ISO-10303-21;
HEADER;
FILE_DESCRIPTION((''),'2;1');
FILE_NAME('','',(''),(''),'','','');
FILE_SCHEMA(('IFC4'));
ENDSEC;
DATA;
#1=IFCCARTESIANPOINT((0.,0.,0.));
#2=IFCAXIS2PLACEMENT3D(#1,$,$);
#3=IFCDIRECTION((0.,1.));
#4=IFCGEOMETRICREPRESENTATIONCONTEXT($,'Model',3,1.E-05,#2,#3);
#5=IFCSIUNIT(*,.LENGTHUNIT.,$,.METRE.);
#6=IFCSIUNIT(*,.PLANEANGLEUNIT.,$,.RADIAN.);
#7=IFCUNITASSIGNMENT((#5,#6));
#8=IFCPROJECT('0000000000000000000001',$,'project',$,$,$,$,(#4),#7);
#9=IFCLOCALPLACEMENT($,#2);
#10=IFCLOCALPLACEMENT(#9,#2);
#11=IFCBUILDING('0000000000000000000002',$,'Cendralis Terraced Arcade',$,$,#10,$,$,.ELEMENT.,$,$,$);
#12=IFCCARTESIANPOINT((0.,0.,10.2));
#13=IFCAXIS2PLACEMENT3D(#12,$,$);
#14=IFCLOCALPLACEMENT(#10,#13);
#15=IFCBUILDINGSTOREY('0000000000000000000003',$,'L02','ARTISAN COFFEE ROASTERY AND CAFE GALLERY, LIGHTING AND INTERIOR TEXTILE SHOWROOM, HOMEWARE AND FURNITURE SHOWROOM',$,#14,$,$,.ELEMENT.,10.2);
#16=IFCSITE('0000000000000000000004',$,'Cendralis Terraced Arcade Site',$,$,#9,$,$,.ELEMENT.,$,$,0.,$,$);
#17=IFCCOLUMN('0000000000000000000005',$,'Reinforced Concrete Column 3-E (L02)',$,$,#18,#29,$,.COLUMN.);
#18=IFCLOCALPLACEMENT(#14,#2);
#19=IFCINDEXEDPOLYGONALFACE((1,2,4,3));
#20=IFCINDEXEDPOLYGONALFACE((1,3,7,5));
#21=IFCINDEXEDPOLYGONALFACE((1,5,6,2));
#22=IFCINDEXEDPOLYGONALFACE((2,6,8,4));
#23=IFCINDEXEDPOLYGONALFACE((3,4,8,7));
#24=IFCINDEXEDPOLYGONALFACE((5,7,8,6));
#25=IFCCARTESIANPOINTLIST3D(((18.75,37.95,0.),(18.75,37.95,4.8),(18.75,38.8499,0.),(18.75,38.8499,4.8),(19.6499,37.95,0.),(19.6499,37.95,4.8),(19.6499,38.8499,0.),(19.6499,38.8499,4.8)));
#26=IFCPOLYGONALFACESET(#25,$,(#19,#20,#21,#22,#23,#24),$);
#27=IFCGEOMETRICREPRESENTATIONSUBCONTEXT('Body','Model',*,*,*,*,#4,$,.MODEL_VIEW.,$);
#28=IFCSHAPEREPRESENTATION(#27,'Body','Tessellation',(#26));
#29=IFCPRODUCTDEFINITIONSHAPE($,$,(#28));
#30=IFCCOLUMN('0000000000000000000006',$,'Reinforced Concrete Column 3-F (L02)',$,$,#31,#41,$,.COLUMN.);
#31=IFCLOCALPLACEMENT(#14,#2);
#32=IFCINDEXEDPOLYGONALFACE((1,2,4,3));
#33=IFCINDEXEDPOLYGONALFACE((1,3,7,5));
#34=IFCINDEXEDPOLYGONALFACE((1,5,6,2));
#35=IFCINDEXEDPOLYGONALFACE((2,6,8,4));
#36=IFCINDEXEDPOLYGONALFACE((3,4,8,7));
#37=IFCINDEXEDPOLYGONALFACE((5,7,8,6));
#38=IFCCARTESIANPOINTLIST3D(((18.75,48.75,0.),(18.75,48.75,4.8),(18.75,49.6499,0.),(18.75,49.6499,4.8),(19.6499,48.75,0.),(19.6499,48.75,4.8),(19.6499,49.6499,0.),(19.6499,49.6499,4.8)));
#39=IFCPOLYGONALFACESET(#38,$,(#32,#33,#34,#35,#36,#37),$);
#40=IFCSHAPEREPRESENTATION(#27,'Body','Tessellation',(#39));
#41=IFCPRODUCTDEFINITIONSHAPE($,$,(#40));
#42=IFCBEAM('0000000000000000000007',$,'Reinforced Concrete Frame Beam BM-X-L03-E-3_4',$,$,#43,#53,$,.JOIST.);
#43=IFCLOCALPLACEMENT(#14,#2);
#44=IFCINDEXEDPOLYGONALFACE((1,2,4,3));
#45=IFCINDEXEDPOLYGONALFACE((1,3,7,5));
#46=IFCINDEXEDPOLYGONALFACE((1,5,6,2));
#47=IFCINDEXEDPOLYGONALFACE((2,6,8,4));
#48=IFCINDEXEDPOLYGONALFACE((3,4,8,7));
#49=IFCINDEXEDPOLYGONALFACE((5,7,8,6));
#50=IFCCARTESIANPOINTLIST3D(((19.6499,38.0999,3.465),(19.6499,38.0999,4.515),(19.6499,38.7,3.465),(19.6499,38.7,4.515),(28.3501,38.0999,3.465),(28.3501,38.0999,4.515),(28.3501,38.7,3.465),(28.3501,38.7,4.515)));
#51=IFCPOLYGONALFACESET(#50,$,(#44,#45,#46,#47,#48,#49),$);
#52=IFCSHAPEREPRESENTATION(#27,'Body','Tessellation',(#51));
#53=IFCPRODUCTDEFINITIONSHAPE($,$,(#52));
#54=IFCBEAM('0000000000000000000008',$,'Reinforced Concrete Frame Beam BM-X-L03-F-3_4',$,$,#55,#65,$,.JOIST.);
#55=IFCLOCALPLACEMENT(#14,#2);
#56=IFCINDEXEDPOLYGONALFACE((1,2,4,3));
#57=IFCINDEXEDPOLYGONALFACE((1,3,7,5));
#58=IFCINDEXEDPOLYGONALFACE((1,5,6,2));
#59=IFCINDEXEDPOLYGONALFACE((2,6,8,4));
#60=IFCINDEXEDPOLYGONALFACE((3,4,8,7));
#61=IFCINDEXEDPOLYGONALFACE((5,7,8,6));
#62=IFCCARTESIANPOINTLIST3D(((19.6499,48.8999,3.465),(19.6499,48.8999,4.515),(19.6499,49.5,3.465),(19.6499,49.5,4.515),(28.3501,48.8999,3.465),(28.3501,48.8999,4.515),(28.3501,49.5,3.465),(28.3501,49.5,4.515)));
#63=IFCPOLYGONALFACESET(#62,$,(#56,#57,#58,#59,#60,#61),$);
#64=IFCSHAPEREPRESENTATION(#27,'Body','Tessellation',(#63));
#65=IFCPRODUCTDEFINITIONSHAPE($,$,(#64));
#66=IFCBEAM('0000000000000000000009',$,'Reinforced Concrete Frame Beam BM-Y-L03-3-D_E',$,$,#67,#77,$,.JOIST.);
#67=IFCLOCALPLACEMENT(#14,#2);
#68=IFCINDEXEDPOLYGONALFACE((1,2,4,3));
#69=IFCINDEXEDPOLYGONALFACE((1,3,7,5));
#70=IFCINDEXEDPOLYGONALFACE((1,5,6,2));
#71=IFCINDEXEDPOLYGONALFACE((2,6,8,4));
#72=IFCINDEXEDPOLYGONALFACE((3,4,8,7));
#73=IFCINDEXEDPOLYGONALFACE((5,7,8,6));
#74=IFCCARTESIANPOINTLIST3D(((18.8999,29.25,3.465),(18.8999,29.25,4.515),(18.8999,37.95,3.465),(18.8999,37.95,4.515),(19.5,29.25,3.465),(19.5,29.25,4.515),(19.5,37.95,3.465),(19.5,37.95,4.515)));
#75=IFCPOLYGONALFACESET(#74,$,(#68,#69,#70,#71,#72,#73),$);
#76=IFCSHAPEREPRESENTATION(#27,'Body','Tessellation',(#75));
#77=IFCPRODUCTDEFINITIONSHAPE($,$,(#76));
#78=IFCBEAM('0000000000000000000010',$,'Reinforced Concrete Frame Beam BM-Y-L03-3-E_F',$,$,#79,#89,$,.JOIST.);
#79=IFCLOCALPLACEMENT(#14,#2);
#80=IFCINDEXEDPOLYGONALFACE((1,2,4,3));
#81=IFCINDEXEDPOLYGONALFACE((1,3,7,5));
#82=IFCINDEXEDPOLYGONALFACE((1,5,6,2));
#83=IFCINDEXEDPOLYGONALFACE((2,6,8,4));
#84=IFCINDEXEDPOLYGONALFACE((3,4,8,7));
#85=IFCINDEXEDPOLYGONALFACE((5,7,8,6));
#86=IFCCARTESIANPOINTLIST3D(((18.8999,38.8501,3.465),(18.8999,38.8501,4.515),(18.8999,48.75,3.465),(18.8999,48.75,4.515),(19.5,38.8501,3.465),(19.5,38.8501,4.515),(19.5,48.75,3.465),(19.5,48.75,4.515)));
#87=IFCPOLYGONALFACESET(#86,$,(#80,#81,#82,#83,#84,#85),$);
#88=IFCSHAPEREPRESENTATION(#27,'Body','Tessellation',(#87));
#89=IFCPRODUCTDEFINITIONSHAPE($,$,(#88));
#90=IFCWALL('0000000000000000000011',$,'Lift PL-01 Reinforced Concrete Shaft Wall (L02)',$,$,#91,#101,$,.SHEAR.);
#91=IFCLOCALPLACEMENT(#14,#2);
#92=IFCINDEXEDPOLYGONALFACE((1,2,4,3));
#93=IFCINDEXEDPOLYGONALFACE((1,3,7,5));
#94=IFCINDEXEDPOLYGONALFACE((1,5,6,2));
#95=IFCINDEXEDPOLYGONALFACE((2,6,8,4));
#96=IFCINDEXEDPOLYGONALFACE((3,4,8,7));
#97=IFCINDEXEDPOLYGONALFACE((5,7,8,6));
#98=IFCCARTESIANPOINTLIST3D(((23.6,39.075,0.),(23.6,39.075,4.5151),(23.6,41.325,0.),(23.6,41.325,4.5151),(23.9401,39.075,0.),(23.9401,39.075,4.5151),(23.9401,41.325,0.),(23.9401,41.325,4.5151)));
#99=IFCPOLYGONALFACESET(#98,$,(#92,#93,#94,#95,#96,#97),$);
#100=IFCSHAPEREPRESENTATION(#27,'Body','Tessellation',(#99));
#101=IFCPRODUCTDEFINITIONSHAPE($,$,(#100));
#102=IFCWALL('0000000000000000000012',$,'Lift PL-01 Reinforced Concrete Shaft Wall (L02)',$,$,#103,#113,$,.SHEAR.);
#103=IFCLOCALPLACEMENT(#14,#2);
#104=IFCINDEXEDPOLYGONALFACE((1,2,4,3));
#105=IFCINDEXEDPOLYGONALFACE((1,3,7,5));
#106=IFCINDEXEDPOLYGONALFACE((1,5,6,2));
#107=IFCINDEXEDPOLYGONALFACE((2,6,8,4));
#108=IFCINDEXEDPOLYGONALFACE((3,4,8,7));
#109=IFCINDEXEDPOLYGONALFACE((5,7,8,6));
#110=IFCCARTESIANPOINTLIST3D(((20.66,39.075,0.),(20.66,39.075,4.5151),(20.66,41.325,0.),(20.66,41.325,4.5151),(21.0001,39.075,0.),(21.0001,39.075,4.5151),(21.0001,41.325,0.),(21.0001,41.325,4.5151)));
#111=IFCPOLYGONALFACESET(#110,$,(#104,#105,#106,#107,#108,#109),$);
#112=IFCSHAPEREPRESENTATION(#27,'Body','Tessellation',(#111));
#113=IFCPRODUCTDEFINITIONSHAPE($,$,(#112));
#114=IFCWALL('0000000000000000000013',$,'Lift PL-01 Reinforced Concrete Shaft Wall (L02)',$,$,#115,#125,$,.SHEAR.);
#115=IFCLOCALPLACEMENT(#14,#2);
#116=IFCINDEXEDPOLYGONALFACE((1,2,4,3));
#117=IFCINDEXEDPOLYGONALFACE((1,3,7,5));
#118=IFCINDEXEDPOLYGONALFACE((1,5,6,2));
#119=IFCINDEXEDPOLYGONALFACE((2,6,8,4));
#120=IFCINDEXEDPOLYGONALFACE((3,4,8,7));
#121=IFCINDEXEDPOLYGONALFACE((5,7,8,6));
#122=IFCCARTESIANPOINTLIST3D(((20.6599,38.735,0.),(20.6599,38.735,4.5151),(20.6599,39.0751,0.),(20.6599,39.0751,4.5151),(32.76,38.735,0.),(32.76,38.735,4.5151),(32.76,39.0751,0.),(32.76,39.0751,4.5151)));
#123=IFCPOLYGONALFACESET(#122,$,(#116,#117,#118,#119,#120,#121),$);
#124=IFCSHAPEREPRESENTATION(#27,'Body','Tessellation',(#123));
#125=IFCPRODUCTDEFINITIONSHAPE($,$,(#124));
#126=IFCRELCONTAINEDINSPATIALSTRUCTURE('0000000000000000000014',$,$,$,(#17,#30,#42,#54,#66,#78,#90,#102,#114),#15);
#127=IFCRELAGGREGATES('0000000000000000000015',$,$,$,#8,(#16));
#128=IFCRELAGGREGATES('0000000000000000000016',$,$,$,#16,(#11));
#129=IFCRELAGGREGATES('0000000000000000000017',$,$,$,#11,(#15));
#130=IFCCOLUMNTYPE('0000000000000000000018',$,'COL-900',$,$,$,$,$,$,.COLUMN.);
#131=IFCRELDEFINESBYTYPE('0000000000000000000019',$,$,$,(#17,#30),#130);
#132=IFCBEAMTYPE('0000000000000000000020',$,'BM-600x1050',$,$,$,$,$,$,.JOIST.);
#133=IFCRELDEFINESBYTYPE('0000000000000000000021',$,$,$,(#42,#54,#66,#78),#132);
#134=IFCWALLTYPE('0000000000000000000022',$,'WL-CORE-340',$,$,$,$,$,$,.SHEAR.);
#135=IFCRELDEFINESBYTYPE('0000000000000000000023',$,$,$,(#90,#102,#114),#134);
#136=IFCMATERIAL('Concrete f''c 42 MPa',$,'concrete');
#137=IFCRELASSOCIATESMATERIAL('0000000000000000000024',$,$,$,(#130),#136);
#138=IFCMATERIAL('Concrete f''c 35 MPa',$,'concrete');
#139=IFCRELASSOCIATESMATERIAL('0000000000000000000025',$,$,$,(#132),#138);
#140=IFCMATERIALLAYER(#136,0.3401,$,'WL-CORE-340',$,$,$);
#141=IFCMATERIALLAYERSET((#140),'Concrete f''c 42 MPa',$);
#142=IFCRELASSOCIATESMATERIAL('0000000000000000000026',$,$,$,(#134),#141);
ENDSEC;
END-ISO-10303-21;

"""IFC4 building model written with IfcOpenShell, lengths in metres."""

from ifc_helpers import new_model, si_unit, direction, frame, frame_2d, origin, origin_2d, place, context, subcontext, project, spatial, rectangle, extrude, material, layer, layer_set, material_profile, profile_set, type_object, element, save


model = new_model("IFC4")

# Units and contexts
model_context = context("Model", 3, precision=1e-05, world=origin(), true_north=direction((0.0, 1.0)))
body_context = subcontext(model_context, "Body", "Model", "MODEL_VIEW")
ifc_project = project(units=[si_unit("LENGTHUNIT", "METRE"), si_unit("PLANEANGLEUNIT", "RADIAN")], contexts=[model_context])

# Site, building, storey
site_placement = place(None, origin())
site = spatial("IfcSite", under=ifc_project, at=site_placement, Name="Cendralis Terraced Arcade Site", CompositionType="ELEMENT", RefElevation=0.0)
building_placement = place(site_placement, origin())
building = spatial("IfcBuilding", under=site, at=building_placement, Name="Cendralis Terraced Arcade", CompositionType="ELEMENT")
storey_placement = place(building_placement, frame((0.0, 0.0, 10.2)))
storey = spatial("IfcBuildingStorey", under=building, at=storey_placement, Name="L02", Description="ARTISAN COFFEE ROASTERY AND CAFE GALLERY, LIGHTING AND INTERIOR TEXTILE SHOWROOM, HOMEWARE AND FURNITURE SHOWROOM", CompositionType="ELEMENT", Elevation=10.2)

# Columns
ifc_material_1 = material(Name="Concrete f'c 42 MPa", Category="concrete")
ifc_material_profile_1 = material_profile(ifc_material_1, rectangle(XDim=0.8999, YDim=0.8999, at=origin_2d()), Name="RC-COL-900x900", Category="LoadBearing")
ifc_profile_set_1 = profile_set([ifc_material_profile_1], Name="Concrete f'c 42 MPa")
column_type = type_object("IfcColumnType", Name="COL-900", PredefinedType="COLUMN", material=ifc_profile_set_1)
for number, where, z_axis, x_axis, name in (
    (1, (19.2, 38.3999, 0.0), (0.0, 0.0, 1.0), (1.0, 0.0, 0.0), "Reinforced Concrete Column 3-E (L02)"),
    (2, (19.2, 49.2, 0.0), (0.0, 0.0, 1.0), (1.0, 0.0, 0.0), "Reinforced Concrete Column 3-F (L02)"),
):
    element("IfcColumn", number, at=place(storey_placement, frame(where, z_axis=z_axis, x_axis=x_axis)), inside=storey, type_object=column_type, Name=name, PredefinedType="COLUMN", context=body_context, shape_type="SweptSolid", body=[
        extrude(rectangle(XDim=0.8999, YDim=0.8999, at=origin_2d()), origin(), (0.0, 0.0, 1.0), 4.8),
    ])

# Beams
ifc_material_2 = material(Name="Concrete f'c 35 MPa", Category="concrete")
ifc_material_profile_2 = material_profile(ifc_material_2, rectangle(XDim=0.6001, YDim=1.05, at=origin_2d()), Name="RC-BM-600x1050", Category="LoadBearing")
ifc_profile_set_2 = profile_set([ifc_material_profile_2], Name="Concrete f'c 35 MPa")
beam_type = type_object("IfcBeamType", Name="BM-600x1050", PredefinedType="JOIST", material=ifc_profile_set_2)
for number, where, z_axis, x_axis, name in (
    (3, (19.6499, 38.3999, 3.99), (1.0, 0.0, 0.0), (0.0, 1.0, 0.0), "Reinforced Concrete Frame Beam BM-X-L03-E-3_4"),
    (4, (19.6499, 49.2, 3.99), (1.0, 0.0, 0.0), (0.0, 1.0, 0.0), "Reinforced Concrete Frame Beam BM-X-L03-F-3_4"),
):
    element("IfcBeam", number, at=place(storey_placement, frame(where, z_axis=z_axis, x_axis=x_axis)), inside=storey, type_object=beam_type, Name=name, PredefinedType="JOIST", context=body_context, shape_type="SweptSolid", body=[
        extrude(rectangle(XDim=0.6001, YDim=1.05, at=origin_2d()), origin(), (0.0, 0.0, 1.0), 8.7002),
    ])
beam_1_placement = place(storey_placement, frame((19.2, 29.25, 3.99), z_axis=(0.0, 1.0, 0.0), x_axis=(-1.0, 0.0, 0.0)))
element("IfcBeam", 5, at=beam_1_placement, inside=storey, type_object=beam_type, Name="Reinforced Concrete Frame Beam BM-Y-L03-3-D_E", PredefinedType="JOIST", context=body_context, shape_type="SweptSolid", body=[
    extrude(rectangle(XDim=0.6001, YDim=1.05, at=origin_2d()), origin(), (0.0, 0.0, 1.0), 8.7),
])
beam_2_placement = place(storey_placement, frame((19.2, 38.8501, 3.99), z_axis=(0.0, 1.0, 0.0), x_axis=(-1.0, 0.0, 0.0)))
element("IfcBeam", 6, at=beam_2_placement, inside=storey, type_object=beam_type, Name="Reinforced Concrete Frame Beam BM-Y-L03-3-E_F", PredefinedType="JOIST", context=body_context, shape_type="SweptSolid", body=[
    extrude(rectangle(XDim=0.6001, YDim=1.05, at=origin_2d()), origin(), (0.0, 0.0, 1.0), 9.8999),
])

# Walls
ifc_layer_1 = layer(ifc_material_1, 0.3401, Name="WL-CORE-340")
ifc_layer_set_1 = layer_set([ifc_layer_1], Name="Concrete f'c 42 MPa")
wall_type_1 = type_object("IfcWallType", Name="WL-CORE-340", PredefinedType="SHEAR", material=ifc_layer_set_1)
for number, where, z_axis, x_axis, name in (
    (7, (23.77, 39.075, 0.0), (0.0, 0.0, 1.0), (0.0, 1.0, 0.0), "Lift PL-01 Reinforced Concrete Shaft Wall (L02)"),
    (8, (20.8301, 39.075, 0.0), (0.0, 0.0, 1.0), (0.0, 1.0, 0.0), "Lift PL-01 Reinforced Concrete Shaft Wall (L02)"),
):
    element("IfcWall", number, at=place(storey_placement, frame(where, z_axis=z_axis, x_axis=x_axis)), inside=storey, type_object=wall_type_1, Name=name, PredefinedType="SHEAR", context=body_context, shape_type="SweptSolid", body=[
        extrude(rectangle(XDim=2.25, YDim=0.3401, at=frame_2d((1.125, 0.0))), origin(), (0.0, 0.0, 1.0), 4.5151),
    ])
wall_1_placement = place(storey_placement, frame((20.6599, 38.905, 0.0), z_axis=(0.0, 0.0, 1.0), x_axis=(1.0, 0.0, 0.0)))
element("IfcWall", 9, at=wall_1_placement, inside=storey, type_object=wall_type_1, Name="Lift PL-01 Reinforced Concrete Shaft Wall (L02)", PredefinedType="SHEAR", context=body_context, shape_type="SweptSolid", body=[
    extrude(rectangle(XDim=12.1001, YDim=0.3401, at=frame_2d((6.05, 0.0))), origin(), (0.0, 0.0, 1.0), 4.5151),
])

save(model, "model.ifc")
